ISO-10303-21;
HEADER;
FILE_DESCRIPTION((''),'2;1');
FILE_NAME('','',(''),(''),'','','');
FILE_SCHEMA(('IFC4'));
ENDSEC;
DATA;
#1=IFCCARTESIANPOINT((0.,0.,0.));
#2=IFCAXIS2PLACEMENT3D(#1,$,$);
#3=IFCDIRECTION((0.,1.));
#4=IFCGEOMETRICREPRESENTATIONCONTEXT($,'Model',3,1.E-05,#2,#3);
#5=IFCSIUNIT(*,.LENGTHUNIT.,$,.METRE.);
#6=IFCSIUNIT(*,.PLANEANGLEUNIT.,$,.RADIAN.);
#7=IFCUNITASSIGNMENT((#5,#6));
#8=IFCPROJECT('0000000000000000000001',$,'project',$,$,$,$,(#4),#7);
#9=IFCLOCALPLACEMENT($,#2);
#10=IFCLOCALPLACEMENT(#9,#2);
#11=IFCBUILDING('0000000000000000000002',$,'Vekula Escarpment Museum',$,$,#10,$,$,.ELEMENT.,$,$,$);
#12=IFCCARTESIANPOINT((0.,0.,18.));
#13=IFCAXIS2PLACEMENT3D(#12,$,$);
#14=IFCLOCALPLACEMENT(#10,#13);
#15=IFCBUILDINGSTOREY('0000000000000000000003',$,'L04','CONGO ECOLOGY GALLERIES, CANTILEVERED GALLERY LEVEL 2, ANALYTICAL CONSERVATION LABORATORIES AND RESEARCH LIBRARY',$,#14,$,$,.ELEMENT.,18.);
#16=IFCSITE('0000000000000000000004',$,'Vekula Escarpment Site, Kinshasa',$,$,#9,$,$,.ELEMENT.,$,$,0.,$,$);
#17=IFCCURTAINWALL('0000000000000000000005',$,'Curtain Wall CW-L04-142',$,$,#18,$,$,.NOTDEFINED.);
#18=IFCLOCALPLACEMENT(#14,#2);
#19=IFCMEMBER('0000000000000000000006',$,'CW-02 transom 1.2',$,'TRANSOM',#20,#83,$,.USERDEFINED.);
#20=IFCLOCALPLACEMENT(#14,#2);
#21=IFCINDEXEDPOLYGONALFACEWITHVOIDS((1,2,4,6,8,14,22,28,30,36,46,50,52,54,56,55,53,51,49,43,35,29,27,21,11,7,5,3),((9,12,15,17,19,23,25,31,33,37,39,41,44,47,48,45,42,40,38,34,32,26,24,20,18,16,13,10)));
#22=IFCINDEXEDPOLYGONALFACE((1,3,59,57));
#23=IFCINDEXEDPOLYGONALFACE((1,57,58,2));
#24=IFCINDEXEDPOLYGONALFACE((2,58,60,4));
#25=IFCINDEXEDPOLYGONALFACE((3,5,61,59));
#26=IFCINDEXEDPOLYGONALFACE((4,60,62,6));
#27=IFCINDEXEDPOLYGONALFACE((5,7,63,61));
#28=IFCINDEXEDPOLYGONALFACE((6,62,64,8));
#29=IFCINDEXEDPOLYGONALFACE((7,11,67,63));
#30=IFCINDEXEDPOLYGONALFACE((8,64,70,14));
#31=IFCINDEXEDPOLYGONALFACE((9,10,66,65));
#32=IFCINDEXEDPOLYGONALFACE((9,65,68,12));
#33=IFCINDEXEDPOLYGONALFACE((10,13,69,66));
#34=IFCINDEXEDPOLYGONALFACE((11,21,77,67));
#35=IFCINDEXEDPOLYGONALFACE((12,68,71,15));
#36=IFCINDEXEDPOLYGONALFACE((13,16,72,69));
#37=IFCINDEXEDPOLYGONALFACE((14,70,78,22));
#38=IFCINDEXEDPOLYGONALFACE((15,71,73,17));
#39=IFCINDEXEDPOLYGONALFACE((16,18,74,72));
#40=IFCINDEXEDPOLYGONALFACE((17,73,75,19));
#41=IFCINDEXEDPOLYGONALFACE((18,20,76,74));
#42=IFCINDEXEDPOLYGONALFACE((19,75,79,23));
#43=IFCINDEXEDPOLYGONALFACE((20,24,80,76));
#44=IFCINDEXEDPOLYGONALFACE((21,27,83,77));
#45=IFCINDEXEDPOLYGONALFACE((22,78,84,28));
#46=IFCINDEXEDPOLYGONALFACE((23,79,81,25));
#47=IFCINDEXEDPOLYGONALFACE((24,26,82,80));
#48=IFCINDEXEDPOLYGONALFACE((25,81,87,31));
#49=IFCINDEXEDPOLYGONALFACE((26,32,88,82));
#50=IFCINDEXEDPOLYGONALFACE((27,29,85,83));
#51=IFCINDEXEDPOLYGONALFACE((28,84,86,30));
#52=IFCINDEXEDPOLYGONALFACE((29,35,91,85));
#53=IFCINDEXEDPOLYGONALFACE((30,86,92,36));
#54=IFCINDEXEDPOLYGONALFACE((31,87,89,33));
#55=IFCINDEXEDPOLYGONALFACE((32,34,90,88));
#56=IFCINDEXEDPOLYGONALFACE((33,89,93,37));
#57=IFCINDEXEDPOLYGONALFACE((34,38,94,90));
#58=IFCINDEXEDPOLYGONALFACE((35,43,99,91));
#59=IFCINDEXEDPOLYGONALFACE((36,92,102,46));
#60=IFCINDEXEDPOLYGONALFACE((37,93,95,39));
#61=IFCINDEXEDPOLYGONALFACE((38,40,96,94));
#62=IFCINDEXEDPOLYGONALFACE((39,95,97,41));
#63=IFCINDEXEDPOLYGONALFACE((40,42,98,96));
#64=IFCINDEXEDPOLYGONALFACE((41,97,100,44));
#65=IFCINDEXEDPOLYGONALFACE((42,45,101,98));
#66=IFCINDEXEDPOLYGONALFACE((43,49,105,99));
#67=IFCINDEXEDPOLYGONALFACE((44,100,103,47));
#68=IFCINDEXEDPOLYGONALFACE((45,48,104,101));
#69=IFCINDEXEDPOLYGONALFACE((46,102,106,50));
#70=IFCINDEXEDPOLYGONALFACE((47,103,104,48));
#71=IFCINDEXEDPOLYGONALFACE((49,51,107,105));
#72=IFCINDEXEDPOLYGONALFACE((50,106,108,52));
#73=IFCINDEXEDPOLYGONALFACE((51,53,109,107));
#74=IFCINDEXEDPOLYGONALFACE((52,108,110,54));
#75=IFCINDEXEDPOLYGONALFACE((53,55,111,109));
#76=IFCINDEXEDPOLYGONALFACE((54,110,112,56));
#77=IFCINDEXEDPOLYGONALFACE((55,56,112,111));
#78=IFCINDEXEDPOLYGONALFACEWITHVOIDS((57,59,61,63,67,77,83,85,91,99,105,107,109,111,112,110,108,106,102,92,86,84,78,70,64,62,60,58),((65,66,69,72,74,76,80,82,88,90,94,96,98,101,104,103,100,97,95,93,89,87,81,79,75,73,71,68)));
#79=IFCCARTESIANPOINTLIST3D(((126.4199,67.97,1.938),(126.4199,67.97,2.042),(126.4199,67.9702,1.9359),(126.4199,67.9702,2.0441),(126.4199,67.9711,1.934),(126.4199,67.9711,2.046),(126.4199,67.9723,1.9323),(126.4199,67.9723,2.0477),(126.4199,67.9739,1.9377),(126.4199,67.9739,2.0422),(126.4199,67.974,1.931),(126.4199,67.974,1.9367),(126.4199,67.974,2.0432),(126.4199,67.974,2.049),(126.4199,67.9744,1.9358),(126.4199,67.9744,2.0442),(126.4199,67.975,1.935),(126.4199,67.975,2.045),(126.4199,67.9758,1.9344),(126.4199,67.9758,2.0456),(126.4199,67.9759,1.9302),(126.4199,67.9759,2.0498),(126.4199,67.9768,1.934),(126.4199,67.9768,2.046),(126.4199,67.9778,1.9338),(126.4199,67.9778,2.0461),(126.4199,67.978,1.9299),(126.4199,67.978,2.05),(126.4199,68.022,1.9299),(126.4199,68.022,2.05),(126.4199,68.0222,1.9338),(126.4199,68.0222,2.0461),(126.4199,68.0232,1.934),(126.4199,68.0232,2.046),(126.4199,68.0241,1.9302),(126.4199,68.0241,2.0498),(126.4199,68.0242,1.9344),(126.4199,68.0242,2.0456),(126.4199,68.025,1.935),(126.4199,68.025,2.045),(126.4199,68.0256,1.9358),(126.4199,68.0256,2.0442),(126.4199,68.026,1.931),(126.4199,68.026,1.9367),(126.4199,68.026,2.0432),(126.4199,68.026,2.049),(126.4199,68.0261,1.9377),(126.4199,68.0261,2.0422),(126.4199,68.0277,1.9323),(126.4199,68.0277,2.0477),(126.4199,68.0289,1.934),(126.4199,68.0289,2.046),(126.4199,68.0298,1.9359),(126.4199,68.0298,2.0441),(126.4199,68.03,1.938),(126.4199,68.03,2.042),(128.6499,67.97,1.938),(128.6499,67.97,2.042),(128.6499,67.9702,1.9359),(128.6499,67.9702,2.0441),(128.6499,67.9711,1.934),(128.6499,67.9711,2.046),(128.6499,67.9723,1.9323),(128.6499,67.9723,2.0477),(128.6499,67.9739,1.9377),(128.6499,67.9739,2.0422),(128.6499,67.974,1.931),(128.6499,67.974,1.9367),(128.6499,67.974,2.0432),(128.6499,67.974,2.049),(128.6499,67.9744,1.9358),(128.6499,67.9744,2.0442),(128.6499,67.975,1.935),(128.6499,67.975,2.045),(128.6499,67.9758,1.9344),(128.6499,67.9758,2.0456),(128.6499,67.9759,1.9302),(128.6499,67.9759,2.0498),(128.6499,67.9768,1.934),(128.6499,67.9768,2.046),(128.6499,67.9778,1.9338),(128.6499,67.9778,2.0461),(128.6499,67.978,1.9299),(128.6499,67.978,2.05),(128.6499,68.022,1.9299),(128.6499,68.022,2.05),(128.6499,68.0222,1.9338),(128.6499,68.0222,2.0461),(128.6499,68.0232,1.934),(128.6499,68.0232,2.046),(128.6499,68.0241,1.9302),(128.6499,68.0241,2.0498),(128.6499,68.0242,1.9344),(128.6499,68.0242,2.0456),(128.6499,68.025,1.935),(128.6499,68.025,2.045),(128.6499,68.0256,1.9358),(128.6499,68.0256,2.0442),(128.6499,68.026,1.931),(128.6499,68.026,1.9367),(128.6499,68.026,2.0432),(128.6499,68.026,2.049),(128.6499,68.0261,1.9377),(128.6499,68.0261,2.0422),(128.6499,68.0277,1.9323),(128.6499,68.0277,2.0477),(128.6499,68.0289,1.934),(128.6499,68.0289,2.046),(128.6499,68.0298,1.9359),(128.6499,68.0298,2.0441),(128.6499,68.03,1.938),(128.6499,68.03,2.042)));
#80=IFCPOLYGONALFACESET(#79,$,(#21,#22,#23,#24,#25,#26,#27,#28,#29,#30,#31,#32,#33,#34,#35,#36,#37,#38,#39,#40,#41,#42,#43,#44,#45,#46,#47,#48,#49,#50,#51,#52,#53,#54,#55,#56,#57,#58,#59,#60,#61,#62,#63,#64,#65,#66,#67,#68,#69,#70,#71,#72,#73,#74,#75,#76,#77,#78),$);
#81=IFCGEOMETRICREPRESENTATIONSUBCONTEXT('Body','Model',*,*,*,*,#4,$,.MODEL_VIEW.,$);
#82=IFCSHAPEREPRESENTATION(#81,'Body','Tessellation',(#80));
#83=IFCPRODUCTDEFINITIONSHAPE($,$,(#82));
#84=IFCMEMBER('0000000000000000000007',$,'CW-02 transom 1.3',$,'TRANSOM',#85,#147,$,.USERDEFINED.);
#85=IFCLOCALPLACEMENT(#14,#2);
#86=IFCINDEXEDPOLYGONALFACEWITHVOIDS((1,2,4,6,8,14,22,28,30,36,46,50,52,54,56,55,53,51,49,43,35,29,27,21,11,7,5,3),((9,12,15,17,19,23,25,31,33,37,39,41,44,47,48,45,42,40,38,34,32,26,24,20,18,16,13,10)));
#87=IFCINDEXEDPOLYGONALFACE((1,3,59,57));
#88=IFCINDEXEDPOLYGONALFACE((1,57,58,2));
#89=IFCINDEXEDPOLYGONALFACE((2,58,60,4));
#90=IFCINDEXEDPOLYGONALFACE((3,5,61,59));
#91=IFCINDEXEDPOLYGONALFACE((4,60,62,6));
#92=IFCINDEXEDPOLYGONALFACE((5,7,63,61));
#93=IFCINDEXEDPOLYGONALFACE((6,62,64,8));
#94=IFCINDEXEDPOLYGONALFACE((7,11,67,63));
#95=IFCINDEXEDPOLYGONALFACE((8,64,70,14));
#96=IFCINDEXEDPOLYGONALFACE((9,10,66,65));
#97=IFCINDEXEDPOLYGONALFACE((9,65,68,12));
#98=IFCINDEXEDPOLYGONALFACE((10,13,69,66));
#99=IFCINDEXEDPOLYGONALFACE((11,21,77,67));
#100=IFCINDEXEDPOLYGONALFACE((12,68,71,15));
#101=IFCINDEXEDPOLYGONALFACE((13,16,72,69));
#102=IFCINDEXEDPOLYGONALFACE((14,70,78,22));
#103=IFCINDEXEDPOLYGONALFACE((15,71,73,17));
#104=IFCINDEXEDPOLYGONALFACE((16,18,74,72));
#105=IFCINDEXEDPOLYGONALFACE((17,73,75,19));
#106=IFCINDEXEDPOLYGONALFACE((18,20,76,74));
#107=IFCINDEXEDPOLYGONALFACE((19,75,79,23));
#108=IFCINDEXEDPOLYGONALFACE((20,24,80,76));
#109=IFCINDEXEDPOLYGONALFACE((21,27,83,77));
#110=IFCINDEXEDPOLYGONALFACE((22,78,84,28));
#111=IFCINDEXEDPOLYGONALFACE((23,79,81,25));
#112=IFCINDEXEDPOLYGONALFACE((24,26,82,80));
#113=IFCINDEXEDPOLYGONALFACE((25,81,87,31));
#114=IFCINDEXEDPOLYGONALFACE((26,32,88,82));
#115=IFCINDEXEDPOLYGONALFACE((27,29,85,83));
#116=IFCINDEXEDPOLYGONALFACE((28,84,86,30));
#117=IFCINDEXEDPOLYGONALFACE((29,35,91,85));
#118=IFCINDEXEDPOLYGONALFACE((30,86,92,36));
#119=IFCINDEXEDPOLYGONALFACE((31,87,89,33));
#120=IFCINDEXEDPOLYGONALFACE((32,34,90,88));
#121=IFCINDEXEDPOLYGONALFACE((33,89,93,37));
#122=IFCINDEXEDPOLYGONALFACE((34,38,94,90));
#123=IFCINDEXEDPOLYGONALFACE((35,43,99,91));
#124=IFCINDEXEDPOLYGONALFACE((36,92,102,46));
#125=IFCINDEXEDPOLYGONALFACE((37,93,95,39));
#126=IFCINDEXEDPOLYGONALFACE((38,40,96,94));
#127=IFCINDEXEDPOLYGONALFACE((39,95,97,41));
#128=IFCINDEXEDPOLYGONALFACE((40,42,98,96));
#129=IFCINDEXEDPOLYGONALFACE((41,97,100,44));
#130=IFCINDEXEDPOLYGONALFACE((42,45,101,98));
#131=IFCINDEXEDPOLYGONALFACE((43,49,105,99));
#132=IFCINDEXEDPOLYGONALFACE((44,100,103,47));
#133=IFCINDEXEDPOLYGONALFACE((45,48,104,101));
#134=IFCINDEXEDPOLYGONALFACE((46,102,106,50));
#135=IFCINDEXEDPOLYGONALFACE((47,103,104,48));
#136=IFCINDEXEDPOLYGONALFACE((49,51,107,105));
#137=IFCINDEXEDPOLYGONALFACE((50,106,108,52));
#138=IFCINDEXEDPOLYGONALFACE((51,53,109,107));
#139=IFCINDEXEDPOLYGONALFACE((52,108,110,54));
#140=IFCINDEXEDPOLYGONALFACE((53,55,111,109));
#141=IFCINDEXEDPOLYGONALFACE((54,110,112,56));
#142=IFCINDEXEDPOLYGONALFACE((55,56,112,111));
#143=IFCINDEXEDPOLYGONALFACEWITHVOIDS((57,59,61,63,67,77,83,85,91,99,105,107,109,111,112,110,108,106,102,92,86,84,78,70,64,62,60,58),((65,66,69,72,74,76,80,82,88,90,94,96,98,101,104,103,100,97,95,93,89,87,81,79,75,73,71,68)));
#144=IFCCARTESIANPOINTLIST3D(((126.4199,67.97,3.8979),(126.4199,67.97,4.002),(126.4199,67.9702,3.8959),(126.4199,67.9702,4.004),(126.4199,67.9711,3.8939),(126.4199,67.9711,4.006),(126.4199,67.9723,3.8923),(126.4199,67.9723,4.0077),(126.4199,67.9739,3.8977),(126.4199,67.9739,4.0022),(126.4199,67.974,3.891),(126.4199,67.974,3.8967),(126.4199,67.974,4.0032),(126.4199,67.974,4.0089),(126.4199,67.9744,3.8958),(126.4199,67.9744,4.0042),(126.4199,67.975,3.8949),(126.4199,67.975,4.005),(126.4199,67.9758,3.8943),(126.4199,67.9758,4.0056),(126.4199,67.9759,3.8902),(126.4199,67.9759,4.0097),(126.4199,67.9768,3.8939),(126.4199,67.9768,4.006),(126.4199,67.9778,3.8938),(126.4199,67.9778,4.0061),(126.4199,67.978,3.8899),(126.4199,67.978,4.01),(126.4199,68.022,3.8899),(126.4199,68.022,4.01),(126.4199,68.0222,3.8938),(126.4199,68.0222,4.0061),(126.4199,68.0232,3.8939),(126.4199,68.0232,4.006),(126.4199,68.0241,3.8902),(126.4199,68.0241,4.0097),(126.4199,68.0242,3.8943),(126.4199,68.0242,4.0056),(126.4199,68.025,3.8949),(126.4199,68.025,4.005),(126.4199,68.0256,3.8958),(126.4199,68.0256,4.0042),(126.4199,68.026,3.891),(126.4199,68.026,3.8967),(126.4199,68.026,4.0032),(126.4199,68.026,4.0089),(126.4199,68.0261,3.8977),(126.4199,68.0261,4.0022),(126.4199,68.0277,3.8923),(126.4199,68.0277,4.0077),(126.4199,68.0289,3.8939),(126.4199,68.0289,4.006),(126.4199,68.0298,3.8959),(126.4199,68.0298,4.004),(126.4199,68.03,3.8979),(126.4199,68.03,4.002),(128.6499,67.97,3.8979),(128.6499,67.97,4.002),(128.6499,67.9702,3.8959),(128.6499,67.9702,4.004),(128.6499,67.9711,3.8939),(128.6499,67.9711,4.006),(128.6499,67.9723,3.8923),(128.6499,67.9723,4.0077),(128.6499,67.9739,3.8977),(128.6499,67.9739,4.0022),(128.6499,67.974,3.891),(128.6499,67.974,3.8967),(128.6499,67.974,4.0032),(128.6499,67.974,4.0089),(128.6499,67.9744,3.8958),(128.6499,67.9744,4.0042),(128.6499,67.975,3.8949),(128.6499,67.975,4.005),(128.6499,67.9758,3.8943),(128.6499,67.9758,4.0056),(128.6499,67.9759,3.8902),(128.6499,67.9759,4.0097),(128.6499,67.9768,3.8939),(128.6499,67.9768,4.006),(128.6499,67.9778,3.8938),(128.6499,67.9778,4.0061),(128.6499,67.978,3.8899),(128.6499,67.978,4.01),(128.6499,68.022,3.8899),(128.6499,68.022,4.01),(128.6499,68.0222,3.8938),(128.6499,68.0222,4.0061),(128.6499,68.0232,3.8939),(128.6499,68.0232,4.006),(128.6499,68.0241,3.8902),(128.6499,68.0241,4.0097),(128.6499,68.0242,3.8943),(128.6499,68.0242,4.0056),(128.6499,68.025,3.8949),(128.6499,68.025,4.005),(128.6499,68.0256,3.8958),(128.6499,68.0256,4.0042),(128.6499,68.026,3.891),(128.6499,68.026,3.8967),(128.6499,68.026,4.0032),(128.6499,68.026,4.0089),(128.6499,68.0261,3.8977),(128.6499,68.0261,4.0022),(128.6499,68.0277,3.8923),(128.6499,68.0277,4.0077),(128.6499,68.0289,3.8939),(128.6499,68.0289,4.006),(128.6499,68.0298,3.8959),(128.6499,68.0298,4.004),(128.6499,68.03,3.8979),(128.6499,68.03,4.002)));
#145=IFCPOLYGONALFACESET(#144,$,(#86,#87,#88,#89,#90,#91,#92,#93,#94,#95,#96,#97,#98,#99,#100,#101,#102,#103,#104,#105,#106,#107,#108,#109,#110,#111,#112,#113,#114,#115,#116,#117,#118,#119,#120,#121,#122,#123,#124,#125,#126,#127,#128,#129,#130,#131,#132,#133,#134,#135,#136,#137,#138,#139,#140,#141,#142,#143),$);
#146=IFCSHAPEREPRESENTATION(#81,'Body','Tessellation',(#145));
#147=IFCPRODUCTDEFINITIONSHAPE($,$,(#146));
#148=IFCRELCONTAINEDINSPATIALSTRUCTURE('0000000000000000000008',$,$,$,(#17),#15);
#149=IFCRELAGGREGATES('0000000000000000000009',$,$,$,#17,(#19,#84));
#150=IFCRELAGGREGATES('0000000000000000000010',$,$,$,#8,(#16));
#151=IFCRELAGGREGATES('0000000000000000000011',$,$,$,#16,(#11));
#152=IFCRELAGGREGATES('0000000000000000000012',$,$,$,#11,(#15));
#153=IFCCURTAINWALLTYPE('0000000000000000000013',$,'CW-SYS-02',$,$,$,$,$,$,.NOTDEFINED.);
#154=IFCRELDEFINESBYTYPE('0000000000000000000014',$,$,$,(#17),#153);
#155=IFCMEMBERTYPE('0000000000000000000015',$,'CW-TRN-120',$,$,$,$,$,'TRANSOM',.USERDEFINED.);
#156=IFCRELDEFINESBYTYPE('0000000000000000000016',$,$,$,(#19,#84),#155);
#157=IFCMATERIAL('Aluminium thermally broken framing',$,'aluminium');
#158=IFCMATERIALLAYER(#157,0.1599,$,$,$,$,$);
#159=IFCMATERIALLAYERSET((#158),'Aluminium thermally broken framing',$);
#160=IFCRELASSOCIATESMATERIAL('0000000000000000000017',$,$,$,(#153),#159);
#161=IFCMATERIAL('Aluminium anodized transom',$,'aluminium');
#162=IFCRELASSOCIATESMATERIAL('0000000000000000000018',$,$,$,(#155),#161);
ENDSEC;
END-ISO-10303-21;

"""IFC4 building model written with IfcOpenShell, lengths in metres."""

from ifc_helpers import new_model, si_unit, direction, frame, origin, origin_2d, place, context, subcontext, project, spatial, hollow_rectangle, extrude, material, layer, layer_set, material_profile, profile_set, type_object, element, aggregate, save


model = new_model("IFC4")

# Units and contexts
model_context = context("Model", 3, precision=1e-05, world=origin(), true_north=direction((0.0, 1.0)))
body_context = subcontext(model_context, "Body", "Model", "MODEL_VIEW")
ifc_project = project(units=[si_unit("LENGTHUNIT", "METRE"), si_unit("PLANEANGLEUNIT", "RADIAN")], contexts=[model_context])

# Site, building, storey
site_placement = place(None, origin())
site = spatial("IfcSite", under=ifc_project, at=site_placement, Name="Vekula Escarpment Site, Kinshasa", CompositionType="ELEMENT", RefElevation=0.0)
building_placement = place(site_placement, origin())
building = spatial("IfcBuilding", under=site, at=building_placement, Name="Vekula Escarpment Museum", CompositionType="ELEMENT")
storey_placement = place(building_placement, frame((0.0, 0.0, 18.0)))
storey = spatial("IfcBuildingStorey", under=building, at=storey_placement, Name="L04", Description="CONGO ECOLOGY GALLERIES, CANTILEVERED GALLERY LEVEL 2, ANALYTICAL CONSERVATION LABORATORIES AND RESEARCH LIBRARY", CompositionType="ELEMENT", Elevation=18.0)

# Curtain wall, members
ifc_material_1 = material(Name="Aluminium thermally broken framing", Category="aluminium")
ifc_layer_1 = layer(ifc_material_1, 0.1599)
ifc_layer_set_1 = layer_set([ifc_layer_1], Name="Aluminium thermally broken framing")
curtain_wall_type = type_object("IfcCurtainWallType", Name="CW-SYS-02", PredefinedType="NOTDEFINED", material=ifc_layer_set_1)
curtain_wall_placement = place(storey_placement, origin())
curtain_wall = element("IfcCurtainWall", 1, at=curtain_wall_placement, inside=storey, type_object=curtain_wall_type, Name="Curtain Wall CW-L04-142", PredefinedType="NOTDEFINED")
ifc_material_2 = material(Name="Aluminium anodized transom", Category="aluminium")
ifc_material_profile_1 = material_profile(ifc_material_2, hollow_rectangle(XDim=0.0601, YDim=0.1201, WallThickness=0.0039, InnerFilletRadius=0.0039, OuterFilletRadius=0.0081, at=origin_2d()), Name="ALU 120x60x4")
ifc_profile_set_1 = profile_set([ifc_material_profile_1], Name="Aluminium anodized transom")
member_type_1 = type_object("IfcMemberType", Name="CW-TRN-120", ElementType="TRANSOM", PredefinedType="USERDEFINED", material=ifc_profile_set_1)
member_1_placement = place(storey_placement, frame((126.4199, 68.0, 1.99), z_axis=(1.0, 0.0, 0.0), x_axis=(0.0, 1.0, 0.0)))
member_1 = element("IfcMember", 2, at=member_1_placement, type_object=member_type_1, Name="CW-02 transom 1.2", ObjectType="TRANSOM", PredefinedType="USERDEFINED", context=body_context, shape_type="SweptSolid", body=[
    extrude(hollow_rectangle(XDim=0.0601, YDim=0.1201, WallThickness=0.0039, InnerFilletRadius=0.0039, OuterFilletRadius=0.0081, at=origin_2d()), origin(), (0.0, 0.0, 1.0), 2.23),
])
member_2_placement = place(storey_placement, frame((126.4199, 68.0, 3.95), z_axis=(1.0, 0.0, 0.0), x_axis=(0.0, 1.0, 0.0)))
member_2 = element("IfcMember", 3, at=member_2_placement, type_object=member_type_1, Name="CW-02 transom 1.3", ObjectType="TRANSOM", PredefinedType="USERDEFINED", context=body_context, shape_type="SweptSolid", body=[
    extrude(hollow_rectangle(XDim=0.0601, YDim=0.1201, WallThickness=0.0039, InnerFilletRadius=0.0039, OuterFilletRadius=0.0081, at=origin_2d()), origin(), (0.0, 0.0, 1.0), 2.23),
])

aggregate(curtain_wall, [member_1, member_2])

save(model, "model.ifc")
